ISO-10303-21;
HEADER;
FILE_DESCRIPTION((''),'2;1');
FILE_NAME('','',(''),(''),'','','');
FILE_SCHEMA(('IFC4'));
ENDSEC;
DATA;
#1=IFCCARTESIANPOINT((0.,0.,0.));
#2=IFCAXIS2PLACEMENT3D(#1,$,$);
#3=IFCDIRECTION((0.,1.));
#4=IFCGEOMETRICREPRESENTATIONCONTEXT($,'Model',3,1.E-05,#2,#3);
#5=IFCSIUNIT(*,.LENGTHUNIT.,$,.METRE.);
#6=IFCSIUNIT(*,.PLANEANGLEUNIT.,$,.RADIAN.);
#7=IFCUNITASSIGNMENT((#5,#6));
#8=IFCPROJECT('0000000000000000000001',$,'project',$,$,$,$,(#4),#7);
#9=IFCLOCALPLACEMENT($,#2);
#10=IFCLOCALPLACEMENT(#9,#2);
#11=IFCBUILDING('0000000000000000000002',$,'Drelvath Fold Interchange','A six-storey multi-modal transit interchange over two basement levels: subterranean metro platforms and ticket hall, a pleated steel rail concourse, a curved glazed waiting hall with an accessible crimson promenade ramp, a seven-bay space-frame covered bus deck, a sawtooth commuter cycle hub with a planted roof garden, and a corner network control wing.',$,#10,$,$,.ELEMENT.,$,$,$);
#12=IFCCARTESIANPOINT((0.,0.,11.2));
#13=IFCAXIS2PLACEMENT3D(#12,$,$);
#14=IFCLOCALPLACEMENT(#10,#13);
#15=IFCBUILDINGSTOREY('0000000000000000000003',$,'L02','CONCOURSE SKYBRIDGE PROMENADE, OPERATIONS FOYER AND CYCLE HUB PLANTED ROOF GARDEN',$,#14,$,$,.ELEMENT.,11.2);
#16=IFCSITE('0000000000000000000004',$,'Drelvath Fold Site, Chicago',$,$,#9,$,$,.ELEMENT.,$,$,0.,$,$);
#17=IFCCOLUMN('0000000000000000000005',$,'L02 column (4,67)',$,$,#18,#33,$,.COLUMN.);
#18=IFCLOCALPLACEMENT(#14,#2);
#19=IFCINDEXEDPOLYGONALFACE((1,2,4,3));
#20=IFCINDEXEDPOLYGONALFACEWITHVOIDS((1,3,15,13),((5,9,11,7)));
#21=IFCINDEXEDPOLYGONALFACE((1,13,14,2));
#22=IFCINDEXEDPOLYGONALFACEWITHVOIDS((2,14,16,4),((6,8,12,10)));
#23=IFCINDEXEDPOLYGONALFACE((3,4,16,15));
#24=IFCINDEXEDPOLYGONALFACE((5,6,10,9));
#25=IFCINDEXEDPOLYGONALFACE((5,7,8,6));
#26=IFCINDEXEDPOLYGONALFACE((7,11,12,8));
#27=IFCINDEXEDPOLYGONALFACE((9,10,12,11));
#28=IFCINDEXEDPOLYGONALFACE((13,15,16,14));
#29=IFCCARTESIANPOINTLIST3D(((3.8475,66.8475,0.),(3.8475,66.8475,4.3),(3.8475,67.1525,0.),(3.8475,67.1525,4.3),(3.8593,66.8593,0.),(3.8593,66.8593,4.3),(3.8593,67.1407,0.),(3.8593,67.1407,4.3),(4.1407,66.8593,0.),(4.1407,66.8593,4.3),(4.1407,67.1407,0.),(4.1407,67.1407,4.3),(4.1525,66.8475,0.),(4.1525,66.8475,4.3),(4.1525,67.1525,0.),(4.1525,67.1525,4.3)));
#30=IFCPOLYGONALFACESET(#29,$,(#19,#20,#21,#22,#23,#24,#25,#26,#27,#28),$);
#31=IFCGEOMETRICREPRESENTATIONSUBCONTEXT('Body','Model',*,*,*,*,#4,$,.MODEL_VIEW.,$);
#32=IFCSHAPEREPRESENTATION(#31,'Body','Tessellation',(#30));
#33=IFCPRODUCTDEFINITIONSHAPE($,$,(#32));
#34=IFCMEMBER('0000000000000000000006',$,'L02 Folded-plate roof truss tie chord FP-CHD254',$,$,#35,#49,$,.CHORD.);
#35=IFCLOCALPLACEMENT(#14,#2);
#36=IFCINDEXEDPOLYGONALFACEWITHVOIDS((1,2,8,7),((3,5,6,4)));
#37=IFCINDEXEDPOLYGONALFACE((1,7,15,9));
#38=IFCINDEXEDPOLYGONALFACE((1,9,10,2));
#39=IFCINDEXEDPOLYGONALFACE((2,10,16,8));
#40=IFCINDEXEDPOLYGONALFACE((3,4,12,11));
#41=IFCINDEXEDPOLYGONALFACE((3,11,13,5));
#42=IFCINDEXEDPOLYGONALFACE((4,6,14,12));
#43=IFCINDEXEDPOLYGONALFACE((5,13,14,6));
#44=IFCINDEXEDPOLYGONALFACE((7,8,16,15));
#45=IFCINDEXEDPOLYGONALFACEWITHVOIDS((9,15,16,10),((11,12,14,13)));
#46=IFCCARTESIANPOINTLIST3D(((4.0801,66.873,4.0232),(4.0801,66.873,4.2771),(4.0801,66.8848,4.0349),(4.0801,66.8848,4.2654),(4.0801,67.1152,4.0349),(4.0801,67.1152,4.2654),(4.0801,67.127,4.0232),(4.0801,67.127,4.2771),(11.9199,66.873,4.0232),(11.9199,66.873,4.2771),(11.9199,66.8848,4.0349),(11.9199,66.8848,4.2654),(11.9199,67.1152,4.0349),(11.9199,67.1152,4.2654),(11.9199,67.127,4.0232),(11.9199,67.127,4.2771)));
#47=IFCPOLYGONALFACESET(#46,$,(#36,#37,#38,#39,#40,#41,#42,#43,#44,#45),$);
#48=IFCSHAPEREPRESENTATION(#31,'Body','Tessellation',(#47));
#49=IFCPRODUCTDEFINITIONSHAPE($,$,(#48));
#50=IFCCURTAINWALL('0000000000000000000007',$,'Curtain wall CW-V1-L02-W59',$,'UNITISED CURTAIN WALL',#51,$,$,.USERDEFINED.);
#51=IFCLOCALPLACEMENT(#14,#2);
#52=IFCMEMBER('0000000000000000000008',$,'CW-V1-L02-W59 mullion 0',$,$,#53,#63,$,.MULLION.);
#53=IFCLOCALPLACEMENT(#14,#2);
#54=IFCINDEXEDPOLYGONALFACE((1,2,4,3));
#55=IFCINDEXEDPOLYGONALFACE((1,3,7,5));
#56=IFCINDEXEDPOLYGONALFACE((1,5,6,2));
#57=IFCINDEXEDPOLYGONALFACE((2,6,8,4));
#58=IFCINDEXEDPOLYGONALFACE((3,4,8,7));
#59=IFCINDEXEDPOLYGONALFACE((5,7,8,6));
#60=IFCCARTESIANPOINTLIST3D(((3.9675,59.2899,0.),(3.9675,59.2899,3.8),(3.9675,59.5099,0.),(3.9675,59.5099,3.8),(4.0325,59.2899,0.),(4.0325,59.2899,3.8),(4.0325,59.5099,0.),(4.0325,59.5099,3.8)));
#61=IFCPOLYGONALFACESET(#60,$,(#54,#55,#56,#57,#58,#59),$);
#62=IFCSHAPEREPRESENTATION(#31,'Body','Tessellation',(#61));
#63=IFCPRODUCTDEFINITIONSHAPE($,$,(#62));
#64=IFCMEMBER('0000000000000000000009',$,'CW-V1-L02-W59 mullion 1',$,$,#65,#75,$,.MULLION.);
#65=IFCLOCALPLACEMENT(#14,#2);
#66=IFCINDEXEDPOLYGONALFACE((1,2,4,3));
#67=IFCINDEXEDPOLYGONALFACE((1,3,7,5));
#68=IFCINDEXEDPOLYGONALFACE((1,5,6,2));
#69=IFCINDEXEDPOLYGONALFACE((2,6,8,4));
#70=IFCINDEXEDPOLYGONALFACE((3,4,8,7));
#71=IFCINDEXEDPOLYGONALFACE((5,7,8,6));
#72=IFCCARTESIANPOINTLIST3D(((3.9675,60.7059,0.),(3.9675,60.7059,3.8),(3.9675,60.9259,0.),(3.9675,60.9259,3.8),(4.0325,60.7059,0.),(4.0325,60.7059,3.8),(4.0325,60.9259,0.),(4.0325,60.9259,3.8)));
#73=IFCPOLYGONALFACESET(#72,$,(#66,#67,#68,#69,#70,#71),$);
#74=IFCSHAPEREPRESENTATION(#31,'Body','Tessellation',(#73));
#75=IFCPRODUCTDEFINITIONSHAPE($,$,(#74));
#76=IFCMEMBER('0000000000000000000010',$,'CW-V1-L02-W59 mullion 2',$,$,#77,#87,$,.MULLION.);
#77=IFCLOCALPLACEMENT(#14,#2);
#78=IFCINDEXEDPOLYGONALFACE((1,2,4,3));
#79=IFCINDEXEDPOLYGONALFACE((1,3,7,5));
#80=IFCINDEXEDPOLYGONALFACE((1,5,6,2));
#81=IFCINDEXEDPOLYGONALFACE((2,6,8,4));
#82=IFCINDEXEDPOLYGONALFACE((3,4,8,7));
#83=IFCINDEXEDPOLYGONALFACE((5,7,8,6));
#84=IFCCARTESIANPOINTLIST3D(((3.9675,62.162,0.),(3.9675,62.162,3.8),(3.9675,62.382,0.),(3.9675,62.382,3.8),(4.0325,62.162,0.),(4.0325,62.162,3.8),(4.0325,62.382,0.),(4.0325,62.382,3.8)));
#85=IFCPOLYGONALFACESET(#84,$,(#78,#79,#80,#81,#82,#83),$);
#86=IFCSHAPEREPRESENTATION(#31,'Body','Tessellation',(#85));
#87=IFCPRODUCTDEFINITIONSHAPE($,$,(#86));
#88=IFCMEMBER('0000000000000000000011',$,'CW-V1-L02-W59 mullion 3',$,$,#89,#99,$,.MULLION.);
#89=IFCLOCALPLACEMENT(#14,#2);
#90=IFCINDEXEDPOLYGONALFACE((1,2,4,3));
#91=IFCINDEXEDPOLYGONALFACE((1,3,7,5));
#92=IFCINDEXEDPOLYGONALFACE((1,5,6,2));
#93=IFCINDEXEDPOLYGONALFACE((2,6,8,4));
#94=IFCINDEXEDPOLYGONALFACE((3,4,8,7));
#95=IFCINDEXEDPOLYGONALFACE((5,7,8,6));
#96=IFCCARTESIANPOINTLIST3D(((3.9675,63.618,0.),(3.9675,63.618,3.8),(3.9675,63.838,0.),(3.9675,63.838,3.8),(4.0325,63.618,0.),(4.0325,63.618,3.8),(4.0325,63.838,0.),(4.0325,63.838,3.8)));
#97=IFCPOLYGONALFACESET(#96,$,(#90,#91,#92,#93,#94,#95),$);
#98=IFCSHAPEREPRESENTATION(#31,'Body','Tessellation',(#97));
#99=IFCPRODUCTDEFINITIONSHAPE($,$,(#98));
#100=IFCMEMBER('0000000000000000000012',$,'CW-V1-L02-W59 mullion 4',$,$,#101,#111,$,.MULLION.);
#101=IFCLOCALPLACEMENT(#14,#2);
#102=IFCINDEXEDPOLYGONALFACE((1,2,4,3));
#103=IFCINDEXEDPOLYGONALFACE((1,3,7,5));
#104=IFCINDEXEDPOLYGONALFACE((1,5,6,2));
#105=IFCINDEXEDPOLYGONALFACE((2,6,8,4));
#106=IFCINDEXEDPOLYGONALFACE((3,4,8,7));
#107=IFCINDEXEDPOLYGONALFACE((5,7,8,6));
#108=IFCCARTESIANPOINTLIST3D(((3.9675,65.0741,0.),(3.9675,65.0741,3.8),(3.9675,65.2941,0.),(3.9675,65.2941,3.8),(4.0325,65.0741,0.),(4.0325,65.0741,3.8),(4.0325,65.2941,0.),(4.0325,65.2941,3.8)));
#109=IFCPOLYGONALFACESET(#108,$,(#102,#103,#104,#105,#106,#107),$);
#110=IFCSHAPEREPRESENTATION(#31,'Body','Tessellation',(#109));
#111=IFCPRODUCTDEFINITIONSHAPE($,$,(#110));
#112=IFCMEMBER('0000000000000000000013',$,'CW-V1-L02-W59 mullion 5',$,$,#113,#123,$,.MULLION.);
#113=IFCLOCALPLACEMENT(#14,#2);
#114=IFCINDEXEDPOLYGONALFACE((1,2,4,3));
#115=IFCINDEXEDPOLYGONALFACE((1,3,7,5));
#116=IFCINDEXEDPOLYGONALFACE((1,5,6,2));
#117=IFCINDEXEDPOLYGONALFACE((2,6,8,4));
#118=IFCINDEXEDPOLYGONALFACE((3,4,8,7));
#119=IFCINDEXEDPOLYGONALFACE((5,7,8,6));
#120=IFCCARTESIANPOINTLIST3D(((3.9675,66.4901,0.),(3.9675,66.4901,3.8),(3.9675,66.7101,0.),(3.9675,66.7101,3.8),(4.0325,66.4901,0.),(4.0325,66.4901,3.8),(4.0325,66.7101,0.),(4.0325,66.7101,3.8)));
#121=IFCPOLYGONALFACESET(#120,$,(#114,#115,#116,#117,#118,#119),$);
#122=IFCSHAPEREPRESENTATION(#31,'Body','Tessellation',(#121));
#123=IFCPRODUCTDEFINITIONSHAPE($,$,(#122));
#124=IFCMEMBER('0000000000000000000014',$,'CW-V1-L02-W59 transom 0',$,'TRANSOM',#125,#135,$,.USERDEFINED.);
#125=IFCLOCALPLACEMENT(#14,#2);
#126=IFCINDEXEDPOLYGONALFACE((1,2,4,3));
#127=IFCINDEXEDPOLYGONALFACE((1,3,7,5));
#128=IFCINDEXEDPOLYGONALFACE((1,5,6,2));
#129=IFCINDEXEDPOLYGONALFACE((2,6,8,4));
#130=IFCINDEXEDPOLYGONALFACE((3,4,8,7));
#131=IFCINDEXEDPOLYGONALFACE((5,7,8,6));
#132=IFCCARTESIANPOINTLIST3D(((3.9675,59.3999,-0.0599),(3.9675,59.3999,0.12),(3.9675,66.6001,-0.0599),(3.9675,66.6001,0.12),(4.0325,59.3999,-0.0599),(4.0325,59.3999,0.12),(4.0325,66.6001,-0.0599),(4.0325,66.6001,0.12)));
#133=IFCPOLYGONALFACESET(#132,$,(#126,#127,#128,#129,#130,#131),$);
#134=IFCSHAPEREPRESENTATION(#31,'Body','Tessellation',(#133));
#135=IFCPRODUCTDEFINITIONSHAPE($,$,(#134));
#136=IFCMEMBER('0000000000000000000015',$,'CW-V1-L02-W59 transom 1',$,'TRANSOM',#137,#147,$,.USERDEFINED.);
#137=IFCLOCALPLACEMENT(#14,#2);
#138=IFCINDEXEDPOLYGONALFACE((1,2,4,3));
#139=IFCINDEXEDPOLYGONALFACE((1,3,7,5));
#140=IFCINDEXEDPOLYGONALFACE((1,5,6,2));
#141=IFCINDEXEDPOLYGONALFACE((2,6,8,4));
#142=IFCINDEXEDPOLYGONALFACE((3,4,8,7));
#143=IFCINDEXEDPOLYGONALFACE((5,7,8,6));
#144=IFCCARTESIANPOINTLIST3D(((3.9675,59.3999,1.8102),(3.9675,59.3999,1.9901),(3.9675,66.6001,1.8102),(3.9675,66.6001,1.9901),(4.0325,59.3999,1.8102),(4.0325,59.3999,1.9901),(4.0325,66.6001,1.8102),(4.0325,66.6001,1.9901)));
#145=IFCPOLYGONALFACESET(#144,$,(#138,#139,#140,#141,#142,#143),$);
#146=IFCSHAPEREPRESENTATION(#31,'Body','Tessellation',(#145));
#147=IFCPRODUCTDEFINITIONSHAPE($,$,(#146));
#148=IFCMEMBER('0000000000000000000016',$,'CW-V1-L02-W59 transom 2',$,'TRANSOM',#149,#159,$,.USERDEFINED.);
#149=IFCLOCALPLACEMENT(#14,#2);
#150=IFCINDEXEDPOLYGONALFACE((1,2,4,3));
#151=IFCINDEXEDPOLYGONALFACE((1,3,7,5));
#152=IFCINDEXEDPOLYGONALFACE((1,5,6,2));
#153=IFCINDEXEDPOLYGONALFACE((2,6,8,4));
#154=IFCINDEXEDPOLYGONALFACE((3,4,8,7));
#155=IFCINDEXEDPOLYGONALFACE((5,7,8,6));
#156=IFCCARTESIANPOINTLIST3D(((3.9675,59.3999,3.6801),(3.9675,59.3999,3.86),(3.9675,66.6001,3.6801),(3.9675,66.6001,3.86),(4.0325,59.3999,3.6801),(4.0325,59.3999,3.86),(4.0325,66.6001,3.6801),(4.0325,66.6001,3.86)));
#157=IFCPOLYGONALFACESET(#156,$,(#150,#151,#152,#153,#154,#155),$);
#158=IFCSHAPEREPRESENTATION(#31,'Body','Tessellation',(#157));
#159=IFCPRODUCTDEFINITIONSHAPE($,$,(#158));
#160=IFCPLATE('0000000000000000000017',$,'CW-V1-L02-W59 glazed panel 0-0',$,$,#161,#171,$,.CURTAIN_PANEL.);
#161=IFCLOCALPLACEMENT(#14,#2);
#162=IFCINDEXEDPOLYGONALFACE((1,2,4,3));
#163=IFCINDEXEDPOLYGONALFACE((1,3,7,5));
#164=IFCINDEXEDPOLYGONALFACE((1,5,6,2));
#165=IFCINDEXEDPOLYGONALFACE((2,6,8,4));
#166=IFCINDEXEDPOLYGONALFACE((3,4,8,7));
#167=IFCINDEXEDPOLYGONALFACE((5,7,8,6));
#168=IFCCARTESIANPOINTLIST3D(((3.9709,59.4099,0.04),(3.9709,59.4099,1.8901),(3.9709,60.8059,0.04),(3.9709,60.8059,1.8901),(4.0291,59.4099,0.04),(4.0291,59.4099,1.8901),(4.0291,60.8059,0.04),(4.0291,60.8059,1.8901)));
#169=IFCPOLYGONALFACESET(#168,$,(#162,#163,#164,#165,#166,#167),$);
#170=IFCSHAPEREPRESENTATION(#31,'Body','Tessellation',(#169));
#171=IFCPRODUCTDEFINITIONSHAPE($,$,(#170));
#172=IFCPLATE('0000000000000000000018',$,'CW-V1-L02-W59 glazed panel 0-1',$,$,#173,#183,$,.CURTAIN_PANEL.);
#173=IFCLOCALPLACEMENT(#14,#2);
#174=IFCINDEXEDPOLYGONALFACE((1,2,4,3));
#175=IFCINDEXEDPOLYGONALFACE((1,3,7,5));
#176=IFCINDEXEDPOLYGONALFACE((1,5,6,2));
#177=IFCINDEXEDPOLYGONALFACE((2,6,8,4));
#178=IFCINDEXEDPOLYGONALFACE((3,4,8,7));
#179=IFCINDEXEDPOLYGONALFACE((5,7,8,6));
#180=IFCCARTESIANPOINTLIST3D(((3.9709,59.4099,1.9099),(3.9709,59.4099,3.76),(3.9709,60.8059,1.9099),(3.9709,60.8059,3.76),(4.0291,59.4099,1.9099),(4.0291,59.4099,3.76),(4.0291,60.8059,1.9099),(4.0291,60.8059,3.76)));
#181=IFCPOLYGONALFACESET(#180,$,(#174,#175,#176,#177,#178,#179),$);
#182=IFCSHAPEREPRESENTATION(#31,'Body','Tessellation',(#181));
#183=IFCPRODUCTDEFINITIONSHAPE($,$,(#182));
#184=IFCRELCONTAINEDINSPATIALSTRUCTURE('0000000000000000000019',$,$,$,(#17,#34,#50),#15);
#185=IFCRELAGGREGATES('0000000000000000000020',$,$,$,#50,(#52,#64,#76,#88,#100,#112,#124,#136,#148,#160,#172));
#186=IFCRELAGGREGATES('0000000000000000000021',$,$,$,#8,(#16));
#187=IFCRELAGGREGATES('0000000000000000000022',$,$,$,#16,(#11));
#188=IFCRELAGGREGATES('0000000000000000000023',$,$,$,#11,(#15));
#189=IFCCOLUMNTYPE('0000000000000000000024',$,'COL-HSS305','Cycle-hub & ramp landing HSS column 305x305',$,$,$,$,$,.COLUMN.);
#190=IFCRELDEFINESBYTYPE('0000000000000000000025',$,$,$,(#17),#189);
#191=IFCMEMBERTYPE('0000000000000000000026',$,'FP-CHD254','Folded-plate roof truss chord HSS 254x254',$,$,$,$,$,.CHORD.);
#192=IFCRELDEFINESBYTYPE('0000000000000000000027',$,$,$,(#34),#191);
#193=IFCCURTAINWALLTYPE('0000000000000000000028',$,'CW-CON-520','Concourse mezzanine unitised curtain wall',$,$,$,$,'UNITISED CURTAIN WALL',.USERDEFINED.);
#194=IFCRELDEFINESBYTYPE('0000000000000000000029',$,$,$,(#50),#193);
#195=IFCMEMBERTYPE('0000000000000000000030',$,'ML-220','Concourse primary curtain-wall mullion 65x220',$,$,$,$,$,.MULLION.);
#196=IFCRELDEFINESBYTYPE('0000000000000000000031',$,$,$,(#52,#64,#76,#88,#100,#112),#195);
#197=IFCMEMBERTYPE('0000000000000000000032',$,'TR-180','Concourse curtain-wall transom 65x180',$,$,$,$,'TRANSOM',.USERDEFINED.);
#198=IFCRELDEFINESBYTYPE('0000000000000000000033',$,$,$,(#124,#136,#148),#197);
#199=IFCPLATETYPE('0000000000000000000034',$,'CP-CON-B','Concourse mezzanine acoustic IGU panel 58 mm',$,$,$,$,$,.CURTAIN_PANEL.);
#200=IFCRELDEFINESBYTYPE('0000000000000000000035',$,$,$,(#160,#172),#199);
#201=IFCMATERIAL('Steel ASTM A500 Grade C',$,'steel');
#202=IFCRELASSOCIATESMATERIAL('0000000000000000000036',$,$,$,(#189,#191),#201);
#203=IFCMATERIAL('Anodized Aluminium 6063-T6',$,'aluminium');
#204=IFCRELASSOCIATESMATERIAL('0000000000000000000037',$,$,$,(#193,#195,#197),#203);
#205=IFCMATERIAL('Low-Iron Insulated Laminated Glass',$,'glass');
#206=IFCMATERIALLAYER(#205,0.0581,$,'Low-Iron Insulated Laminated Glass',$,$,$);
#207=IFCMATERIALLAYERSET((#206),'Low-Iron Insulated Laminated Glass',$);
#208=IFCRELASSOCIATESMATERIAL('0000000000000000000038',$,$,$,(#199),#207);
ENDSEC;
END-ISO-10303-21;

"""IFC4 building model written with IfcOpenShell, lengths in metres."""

from ifc_helpers import new_model, si_unit, direction, frame, origin, origin_2d, place, context, subcontext, project, spatial, rectangle, hollow_rectangle, extrude, material, layer, layer_set, material_profile, profile_set, type_object, element, aggregate, save


model = new_model("IFC4")

# Units and contexts
model_context = context("Model", 3, precision=1e-05, world=origin(), true_north=direction((0.0, 1.0)))
body_context = subcontext(model_context, "Body", "Model", "MODEL_VIEW")
ifc_project = project(units=[si_unit("LENGTHUNIT", "METRE"), si_unit("PLANEANGLEUNIT", "RADIAN")], contexts=[model_context])

# Site, building, storey
site_placement = place(None, origin())
site = spatial("IfcSite", under=ifc_project, at=site_placement, Name="Drelvath Fold Site, Chicago", CompositionType="ELEMENT", RefElevation=0.0)
building_placement = place(site_placement, origin())
building = spatial("IfcBuilding", under=site, at=building_placement, Name="Drelvath Fold Interchange", Description="A six-storey multi-modal transit interchange over two basement levels: subterranean metro platforms and ticket hall, a pleated steel rail concourse, a curved glazed waiting hall with an accessible crimson promenade ramp, a seven-bay space-frame covered bus deck, a sawtooth commuter cycle hub with a planted roof garden, and a corner network control wing.", CompositionType="ELEMENT")
storey_placement = place(building_placement, frame((0.0, 0.0, 11.2)))
storey = spatial("IfcBuildingStorey", under=building, at=storey_placement, Name="L02", Description="CONCOURSE SKYBRIDGE PROMENADE, OPERATIONS FOYER AND CYCLE HUB PLANTED ROOF GARDEN", CompositionType="ELEMENT", Elevation=11.2)

# Column
ifc_material_1 = material(Name="Steel ASTM A500 Grade C", Category="steel")
ifc_material_profile_1 = material_profile(ifc_material_1, hollow_rectangle(XDim=0.3049, YDim=0.3049, WallThickness=0.0117, at=origin_2d()), Name="HSS12X12X1/2")
ifc_profile_set_1 = profile_set([ifc_material_profile_1], Name="Steel ASTM A500 Grade C")
column_type = type_object("IfcColumnType", Name="COL-HSS305", Description="Cycle-hub & ramp landing HSS column 305x305", PredefinedType="COLUMN", material=ifc_profile_set_1)
column_placement = place(storey_placement, frame((4.0, 67.0, 0.0), z_axis=(0.0, 0.0, 1.0), x_axis=(1.0, 0.0, 0.0)))
element("IfcColumn", 1, at=column_placement, inside=storey, type_object=column_type, Name="L02 column (4,67)", PredefinedType="COLUMN", context=body_context, shape_type="SweptSolid", body=[
    extrude(hollow_rectangle(XDim=0.3049, YDim=0.3049, WallThickness=0.0117, at=origin_2d()), origin(), (0.0, 0.0, 1.0), 4.3),
])

# Member
ifc_material_profile_2 = material_profile(ifc_material_1, hollow_rectangle(XDim=0.2539, YDim=0.2539, WallThickness=0.0117, at=origin_2d()), Name="HSS10X10X1/2")
ifc_profile_set_2 = profile_set([ifc_material_profile_2], Name="Steel ASTM A500 Grade C")
member_type_1 = type_object("IfcMemberType", Name="FP-CHD254", Description="Folded-plate roof truss chord HSS 254x254", PredefinedType="CHORD", material=ifc_profile_set_2)
member_1_placement = place(storey_placement, frame((4.0801, 67.0, 4.1501), z_axis=(1.0, 0.0, 0.0), x_axis=(0.0, 1.0, 0.0)))
element("IfcMember", 2, at=member_1_placement, inside=storey, type_object=member_type_1, Name="L02 Folded-plate roof truss tie chord FP-CHD254", PredefinedType="CHORD", context=body_context, shape_type="SweptSolid", body=[
    extrude(hollow_rectangle(XDim=0.2539, YDim=0.2539, WallThickness=0.0117, at=origin_2d()), origin(), (0.0, 0.0, 1.0), 7.8398),
])

# Curtain wall, members, plates
ifc_material_2 = material(Name="Anodized Aluminium 6063-T6", Category="aluminium")
curtain_wall_type = type_object("IfcCurtainWallType", Name="CW-CON-520", Description="Concourse mezzanine unitised curtain wall", ElementType="UNITISED CURTAIN WALL", PredefinedType="USERDEFINED", material=ifc_material_2)
curtain_wall_placement = place(storey_placement, origin())
curtain_wall = element("IfcCurtainWall", 3, at=curtain_wall_placement, inside=storey, type_object=curtain_wall_type, Name="Curtain wall CW-V1-L02-W59", ObjectType="UNITISED CURTAIN WALL", PredefinedType="USERDEFINED")
ifc_material_profile_3 = material_profile(ifc_material_2, rectangle(XDim=0.0649, YDim=0.22, at=origin_2d()), Name="AL-M 65x220")
ifc_profile_set_3 = profile_set([ifc_material_profile_3], Name="Anodized Aluminium 6063-T6")
member_type_2 = type_object("IfcMemberType", Name="ML-220", Description="Concourse primary curtain-wall mullion 65x220", PredefinedType="MULLION", material=ifc_profile_set_3)
member_2_placement = place(storey_placement, frame((4.0, 59.3999, 0.0), z_axis=(0.0, 0.0, 1.0), x_axis=(1.0, 0.0, 0.0)))
member_2 = element("IfcMember", 4, at=member_2_placement, type_object=member_type_2, Name="CW-V1-L02-W59 mullion 0", PredefinedType="MULLION", context=body_context, shape_type="SweptSolid", body=[
    extrude(rectangle(XDim=0.0649, YDim=0.22, at=origin_2d()), origin(), (0.0, 0.0, 1.0), 3.8),
])
member_3_placement = place(storey_placement, frame((4.0, 60.8159, 0.0), z_axis=(0.0, 0.0, 1.0), x_axis=(1.0, 0.0, 0.0)))
member_3 = element("IfcMember", 5, at=member_3_placement, type_object=member_type_2, Name="CW-V1-L02-W59 mullion 1", PredefinedType="MULLION", context=body_context, shape_type="SweptSolid", body=[
    extrude(rectangle(XDim=0.0649, YDim=0.22, at=origin_2d()), origin(), (0.0, 0.0, 1.0), 3.8),
])
member_4_placement = place(storey_placement, frame((4.0, 62.272, 0.0), z_axis=(0.0, 0.0, 1.0), x_axis=(1.0, 0.0, 0.0)))
member_4 = element("IfcMember", 6, at=member_4_placement, type_object=member_type_2, Name="CW-V1-L02-W59 mullion 2", PredefinedType="MULLION", context=body_context, shape_type="SweptSolid", body=[
    extrude(rectangle(XDim=0.0649, YDim=0.22, at=origin_2d()), origin(), (0.0, 0.0, 1.0), 3.8),
])
member_5_placement = place(storey_placement, frame((4.0, 63.728, 0.0), z_axis=(0.0, 0.0, 1.0), x_axis=(1.0, 0.0, 0.0)))
member_5 = element("IfcMember", 7, at=member_5_placement, type_object=member_type_2, Name="CW-V1-L02-W59 mullion 3", PredefinedType="MULLION", context=body_context, shape_type="SweptSolid", body=[
    extrude(rectangle(XDim=0.0649, YDim=0.22, at=origin_2d()), origin(), (0.0, 0.0, 1.0), 3.8),
])
member_6_placement = place(storey_placement, frame((4.0, 65.1841, 0.0), z_axis=(0.0, 0.0, 1.0), x_axis=(1.0, 0.0, 0.0)))
member_6 = element("IfcMember", 8, at=member_6_placement, type_object=member_type_2, Name="CW-V1-L02-W59 mullion 4", PredefinedType="MULLION", context=body_context, shape_type="SweptSolid", body=[
    extrude(rectangle(XDim=0.0649, YDim=0.22, at=origin_2d()), origin(), (0.0, 0.0, 1.0), 3.8),
])
member_7_placement = place(storey_placement, frame((4.0, 66.6001, 0.0), z_axis=(0.0, 0.0, 1.0), x_axis=(1.0, 0.0, 0.0)))
member_7 = element("IfcMember", 9, at=member_7_placement, type_object=member_type_2, Name="CW-V1-L02-W59 mullion 5", PredefinedType="MULLION", context=body_context, shape_type="SweptSolid", body=[
    extrude(rectangle(XDim=0.0649, YDim=0.22, at=origin_2d()), origin(), (0.0, 0.0, 1.0), 3.8),
])
ifc_material_profile_4 = material_profile(ifc_material_2, rectangle(XDim=0.0649, YDim=0.1799, at=origin_2d()), Name="AL-T 65x180")
ifc_profile_set_4 = profile_set([ifc_material_profile_4], Name="Anodized Aluminium 6063-T6")
member_type_3 = type_object("IfcMemberType", Name="TR-180", Description="Concourse curtain-wall transom 65x180", ElementType="TRANSOM", PredefinedType="USERDEFINED", material=ifc_profile_set_4)
member_8_placement = place(storey_placement, frame((4.0, 59.3999, 0.03), z_axis=(0.0, 1.0, 0.0), x_axis=(-1.0, 0.0, 0.0)))
member_8 = element("IfcMember", 10, at=member_8_placement, type_object=member_type_3, Name="CW-V1-L02-W59 transom 0", ObjectType="TRANSOM", PredefinedType="USERDEFINED", context=body_context, shape_type="SweptSolid", body=[
    extrude(rectangle(XDim=0.0649, YDim=0.1799, at=origin_2d()), origin(), (0.0, 0.0, 1.0), 7.2002),
])
member_9_placement = place(storey_placement, frame((4.0, 59.3999, 1.9001), z_axis=(0.0, 1.0, 0.0), x_axis=(-1.0, 0.0, 0.0)))
member_9 = element("IfcMember", 11, at=member_9_placement, type_object=member_type_3, Name="CW-V1-L02-W59 transom 1", ObjectType="TRANSOM", PredefinedType="USERDEFINED", context=body_context, shape_type="SweptSolid", body=[
    extrude(rectangle(XDim=0.0649, YDim=0.1799, at=origin_2d()), origin(), (0.0, 0.0, 1.0), 7.2002),
])
member_10_placement = place(storey_placement, frame((4.0, 59.3999, 3.77), z_axis=(0.0, 1.0, 0.0), x_axis=(-1.0, 0.0, 0.0)))
member_10 = element("IfcMember", 12, at=member_10_placement, type_object=member_type_3, Name="CW-V1-L02-W59 transom 2", ObjectType="TRANSOM", PredefinedType="USERDEFINED", context=body_context, shape_type="SweptSolid", body=[
    extrude(rectangle(XDim=0.0649, YDim=0.1799, at=origin_2d()), origin(), (0.0, 0.0, 1.0), 7.2002),
])
ifc_material_3 = material(Name="Low-Iron Insulated Laminated Glass", Category="glass")
ifc_layer = layer(ifc_material_3, 0.0581, Name="Low-Iron Insulated Laminated Glass")
ifc_layer_set = layer_set([ifc_layer], Name="Low-Iron Insulated Laminated Glass")
plate_type = type_object("IfcPlateType", Name="CP-CON-B", Description="Concourse mezzanine acoustic IGU panel 58 mm", PredefinedType="CURTAIN_PANEL", material=ifc_layer_set)
plate_1_placement = place(storey_placement, frame((4.0, 60.1079, 0.04), z_axis=(0.0, 0.0, 1.0), x_axis=(0.0, 1.0, 0.0)))
plate_1 = element("IfcPlate", 13, at=plate_1_placement, type_object=plate_type, Name="CW-V1-L02-W59 glazed panel 0-0", PredefinedType="CURTAIN_PANEL", context=body_context, shape_type="SweptSolid", body=[
    extrude(rectangle(XDim=1.396, YDim=0.0581, at=origin_2d()), origin(), (0.0, 0.0, 1.0), 1.8501),
])
plate_2_placement = place(storey_placement, frame((4.0, 60.1079, 1.9099), z_axis=(0.0, 0.0, 1.0), x_axis=(0.0, 1.0, 0.0)))
plate_2 = element("IfcPlate", 14, at=plate_2_placement, type_object=plate_type, Name="CW-V1-L02-W59 glazed panel 0-1", PredefinedType="CURTAIN_PANEL", context=body_context, shape_type="SweptSolid", body=[
    extrude(rectangle(XDim=1.396, YDim=0.0581, at=origin_2d()), origin(), (0.0, 0.0, 1.0), 1.8501),
])
aggregate(curtain_wall, [member_2, member_3, member_4, member_5, member_6, member_7, member_8, member_9, member_10, plate_1, plate_2])

save(model, "model.ifc")
